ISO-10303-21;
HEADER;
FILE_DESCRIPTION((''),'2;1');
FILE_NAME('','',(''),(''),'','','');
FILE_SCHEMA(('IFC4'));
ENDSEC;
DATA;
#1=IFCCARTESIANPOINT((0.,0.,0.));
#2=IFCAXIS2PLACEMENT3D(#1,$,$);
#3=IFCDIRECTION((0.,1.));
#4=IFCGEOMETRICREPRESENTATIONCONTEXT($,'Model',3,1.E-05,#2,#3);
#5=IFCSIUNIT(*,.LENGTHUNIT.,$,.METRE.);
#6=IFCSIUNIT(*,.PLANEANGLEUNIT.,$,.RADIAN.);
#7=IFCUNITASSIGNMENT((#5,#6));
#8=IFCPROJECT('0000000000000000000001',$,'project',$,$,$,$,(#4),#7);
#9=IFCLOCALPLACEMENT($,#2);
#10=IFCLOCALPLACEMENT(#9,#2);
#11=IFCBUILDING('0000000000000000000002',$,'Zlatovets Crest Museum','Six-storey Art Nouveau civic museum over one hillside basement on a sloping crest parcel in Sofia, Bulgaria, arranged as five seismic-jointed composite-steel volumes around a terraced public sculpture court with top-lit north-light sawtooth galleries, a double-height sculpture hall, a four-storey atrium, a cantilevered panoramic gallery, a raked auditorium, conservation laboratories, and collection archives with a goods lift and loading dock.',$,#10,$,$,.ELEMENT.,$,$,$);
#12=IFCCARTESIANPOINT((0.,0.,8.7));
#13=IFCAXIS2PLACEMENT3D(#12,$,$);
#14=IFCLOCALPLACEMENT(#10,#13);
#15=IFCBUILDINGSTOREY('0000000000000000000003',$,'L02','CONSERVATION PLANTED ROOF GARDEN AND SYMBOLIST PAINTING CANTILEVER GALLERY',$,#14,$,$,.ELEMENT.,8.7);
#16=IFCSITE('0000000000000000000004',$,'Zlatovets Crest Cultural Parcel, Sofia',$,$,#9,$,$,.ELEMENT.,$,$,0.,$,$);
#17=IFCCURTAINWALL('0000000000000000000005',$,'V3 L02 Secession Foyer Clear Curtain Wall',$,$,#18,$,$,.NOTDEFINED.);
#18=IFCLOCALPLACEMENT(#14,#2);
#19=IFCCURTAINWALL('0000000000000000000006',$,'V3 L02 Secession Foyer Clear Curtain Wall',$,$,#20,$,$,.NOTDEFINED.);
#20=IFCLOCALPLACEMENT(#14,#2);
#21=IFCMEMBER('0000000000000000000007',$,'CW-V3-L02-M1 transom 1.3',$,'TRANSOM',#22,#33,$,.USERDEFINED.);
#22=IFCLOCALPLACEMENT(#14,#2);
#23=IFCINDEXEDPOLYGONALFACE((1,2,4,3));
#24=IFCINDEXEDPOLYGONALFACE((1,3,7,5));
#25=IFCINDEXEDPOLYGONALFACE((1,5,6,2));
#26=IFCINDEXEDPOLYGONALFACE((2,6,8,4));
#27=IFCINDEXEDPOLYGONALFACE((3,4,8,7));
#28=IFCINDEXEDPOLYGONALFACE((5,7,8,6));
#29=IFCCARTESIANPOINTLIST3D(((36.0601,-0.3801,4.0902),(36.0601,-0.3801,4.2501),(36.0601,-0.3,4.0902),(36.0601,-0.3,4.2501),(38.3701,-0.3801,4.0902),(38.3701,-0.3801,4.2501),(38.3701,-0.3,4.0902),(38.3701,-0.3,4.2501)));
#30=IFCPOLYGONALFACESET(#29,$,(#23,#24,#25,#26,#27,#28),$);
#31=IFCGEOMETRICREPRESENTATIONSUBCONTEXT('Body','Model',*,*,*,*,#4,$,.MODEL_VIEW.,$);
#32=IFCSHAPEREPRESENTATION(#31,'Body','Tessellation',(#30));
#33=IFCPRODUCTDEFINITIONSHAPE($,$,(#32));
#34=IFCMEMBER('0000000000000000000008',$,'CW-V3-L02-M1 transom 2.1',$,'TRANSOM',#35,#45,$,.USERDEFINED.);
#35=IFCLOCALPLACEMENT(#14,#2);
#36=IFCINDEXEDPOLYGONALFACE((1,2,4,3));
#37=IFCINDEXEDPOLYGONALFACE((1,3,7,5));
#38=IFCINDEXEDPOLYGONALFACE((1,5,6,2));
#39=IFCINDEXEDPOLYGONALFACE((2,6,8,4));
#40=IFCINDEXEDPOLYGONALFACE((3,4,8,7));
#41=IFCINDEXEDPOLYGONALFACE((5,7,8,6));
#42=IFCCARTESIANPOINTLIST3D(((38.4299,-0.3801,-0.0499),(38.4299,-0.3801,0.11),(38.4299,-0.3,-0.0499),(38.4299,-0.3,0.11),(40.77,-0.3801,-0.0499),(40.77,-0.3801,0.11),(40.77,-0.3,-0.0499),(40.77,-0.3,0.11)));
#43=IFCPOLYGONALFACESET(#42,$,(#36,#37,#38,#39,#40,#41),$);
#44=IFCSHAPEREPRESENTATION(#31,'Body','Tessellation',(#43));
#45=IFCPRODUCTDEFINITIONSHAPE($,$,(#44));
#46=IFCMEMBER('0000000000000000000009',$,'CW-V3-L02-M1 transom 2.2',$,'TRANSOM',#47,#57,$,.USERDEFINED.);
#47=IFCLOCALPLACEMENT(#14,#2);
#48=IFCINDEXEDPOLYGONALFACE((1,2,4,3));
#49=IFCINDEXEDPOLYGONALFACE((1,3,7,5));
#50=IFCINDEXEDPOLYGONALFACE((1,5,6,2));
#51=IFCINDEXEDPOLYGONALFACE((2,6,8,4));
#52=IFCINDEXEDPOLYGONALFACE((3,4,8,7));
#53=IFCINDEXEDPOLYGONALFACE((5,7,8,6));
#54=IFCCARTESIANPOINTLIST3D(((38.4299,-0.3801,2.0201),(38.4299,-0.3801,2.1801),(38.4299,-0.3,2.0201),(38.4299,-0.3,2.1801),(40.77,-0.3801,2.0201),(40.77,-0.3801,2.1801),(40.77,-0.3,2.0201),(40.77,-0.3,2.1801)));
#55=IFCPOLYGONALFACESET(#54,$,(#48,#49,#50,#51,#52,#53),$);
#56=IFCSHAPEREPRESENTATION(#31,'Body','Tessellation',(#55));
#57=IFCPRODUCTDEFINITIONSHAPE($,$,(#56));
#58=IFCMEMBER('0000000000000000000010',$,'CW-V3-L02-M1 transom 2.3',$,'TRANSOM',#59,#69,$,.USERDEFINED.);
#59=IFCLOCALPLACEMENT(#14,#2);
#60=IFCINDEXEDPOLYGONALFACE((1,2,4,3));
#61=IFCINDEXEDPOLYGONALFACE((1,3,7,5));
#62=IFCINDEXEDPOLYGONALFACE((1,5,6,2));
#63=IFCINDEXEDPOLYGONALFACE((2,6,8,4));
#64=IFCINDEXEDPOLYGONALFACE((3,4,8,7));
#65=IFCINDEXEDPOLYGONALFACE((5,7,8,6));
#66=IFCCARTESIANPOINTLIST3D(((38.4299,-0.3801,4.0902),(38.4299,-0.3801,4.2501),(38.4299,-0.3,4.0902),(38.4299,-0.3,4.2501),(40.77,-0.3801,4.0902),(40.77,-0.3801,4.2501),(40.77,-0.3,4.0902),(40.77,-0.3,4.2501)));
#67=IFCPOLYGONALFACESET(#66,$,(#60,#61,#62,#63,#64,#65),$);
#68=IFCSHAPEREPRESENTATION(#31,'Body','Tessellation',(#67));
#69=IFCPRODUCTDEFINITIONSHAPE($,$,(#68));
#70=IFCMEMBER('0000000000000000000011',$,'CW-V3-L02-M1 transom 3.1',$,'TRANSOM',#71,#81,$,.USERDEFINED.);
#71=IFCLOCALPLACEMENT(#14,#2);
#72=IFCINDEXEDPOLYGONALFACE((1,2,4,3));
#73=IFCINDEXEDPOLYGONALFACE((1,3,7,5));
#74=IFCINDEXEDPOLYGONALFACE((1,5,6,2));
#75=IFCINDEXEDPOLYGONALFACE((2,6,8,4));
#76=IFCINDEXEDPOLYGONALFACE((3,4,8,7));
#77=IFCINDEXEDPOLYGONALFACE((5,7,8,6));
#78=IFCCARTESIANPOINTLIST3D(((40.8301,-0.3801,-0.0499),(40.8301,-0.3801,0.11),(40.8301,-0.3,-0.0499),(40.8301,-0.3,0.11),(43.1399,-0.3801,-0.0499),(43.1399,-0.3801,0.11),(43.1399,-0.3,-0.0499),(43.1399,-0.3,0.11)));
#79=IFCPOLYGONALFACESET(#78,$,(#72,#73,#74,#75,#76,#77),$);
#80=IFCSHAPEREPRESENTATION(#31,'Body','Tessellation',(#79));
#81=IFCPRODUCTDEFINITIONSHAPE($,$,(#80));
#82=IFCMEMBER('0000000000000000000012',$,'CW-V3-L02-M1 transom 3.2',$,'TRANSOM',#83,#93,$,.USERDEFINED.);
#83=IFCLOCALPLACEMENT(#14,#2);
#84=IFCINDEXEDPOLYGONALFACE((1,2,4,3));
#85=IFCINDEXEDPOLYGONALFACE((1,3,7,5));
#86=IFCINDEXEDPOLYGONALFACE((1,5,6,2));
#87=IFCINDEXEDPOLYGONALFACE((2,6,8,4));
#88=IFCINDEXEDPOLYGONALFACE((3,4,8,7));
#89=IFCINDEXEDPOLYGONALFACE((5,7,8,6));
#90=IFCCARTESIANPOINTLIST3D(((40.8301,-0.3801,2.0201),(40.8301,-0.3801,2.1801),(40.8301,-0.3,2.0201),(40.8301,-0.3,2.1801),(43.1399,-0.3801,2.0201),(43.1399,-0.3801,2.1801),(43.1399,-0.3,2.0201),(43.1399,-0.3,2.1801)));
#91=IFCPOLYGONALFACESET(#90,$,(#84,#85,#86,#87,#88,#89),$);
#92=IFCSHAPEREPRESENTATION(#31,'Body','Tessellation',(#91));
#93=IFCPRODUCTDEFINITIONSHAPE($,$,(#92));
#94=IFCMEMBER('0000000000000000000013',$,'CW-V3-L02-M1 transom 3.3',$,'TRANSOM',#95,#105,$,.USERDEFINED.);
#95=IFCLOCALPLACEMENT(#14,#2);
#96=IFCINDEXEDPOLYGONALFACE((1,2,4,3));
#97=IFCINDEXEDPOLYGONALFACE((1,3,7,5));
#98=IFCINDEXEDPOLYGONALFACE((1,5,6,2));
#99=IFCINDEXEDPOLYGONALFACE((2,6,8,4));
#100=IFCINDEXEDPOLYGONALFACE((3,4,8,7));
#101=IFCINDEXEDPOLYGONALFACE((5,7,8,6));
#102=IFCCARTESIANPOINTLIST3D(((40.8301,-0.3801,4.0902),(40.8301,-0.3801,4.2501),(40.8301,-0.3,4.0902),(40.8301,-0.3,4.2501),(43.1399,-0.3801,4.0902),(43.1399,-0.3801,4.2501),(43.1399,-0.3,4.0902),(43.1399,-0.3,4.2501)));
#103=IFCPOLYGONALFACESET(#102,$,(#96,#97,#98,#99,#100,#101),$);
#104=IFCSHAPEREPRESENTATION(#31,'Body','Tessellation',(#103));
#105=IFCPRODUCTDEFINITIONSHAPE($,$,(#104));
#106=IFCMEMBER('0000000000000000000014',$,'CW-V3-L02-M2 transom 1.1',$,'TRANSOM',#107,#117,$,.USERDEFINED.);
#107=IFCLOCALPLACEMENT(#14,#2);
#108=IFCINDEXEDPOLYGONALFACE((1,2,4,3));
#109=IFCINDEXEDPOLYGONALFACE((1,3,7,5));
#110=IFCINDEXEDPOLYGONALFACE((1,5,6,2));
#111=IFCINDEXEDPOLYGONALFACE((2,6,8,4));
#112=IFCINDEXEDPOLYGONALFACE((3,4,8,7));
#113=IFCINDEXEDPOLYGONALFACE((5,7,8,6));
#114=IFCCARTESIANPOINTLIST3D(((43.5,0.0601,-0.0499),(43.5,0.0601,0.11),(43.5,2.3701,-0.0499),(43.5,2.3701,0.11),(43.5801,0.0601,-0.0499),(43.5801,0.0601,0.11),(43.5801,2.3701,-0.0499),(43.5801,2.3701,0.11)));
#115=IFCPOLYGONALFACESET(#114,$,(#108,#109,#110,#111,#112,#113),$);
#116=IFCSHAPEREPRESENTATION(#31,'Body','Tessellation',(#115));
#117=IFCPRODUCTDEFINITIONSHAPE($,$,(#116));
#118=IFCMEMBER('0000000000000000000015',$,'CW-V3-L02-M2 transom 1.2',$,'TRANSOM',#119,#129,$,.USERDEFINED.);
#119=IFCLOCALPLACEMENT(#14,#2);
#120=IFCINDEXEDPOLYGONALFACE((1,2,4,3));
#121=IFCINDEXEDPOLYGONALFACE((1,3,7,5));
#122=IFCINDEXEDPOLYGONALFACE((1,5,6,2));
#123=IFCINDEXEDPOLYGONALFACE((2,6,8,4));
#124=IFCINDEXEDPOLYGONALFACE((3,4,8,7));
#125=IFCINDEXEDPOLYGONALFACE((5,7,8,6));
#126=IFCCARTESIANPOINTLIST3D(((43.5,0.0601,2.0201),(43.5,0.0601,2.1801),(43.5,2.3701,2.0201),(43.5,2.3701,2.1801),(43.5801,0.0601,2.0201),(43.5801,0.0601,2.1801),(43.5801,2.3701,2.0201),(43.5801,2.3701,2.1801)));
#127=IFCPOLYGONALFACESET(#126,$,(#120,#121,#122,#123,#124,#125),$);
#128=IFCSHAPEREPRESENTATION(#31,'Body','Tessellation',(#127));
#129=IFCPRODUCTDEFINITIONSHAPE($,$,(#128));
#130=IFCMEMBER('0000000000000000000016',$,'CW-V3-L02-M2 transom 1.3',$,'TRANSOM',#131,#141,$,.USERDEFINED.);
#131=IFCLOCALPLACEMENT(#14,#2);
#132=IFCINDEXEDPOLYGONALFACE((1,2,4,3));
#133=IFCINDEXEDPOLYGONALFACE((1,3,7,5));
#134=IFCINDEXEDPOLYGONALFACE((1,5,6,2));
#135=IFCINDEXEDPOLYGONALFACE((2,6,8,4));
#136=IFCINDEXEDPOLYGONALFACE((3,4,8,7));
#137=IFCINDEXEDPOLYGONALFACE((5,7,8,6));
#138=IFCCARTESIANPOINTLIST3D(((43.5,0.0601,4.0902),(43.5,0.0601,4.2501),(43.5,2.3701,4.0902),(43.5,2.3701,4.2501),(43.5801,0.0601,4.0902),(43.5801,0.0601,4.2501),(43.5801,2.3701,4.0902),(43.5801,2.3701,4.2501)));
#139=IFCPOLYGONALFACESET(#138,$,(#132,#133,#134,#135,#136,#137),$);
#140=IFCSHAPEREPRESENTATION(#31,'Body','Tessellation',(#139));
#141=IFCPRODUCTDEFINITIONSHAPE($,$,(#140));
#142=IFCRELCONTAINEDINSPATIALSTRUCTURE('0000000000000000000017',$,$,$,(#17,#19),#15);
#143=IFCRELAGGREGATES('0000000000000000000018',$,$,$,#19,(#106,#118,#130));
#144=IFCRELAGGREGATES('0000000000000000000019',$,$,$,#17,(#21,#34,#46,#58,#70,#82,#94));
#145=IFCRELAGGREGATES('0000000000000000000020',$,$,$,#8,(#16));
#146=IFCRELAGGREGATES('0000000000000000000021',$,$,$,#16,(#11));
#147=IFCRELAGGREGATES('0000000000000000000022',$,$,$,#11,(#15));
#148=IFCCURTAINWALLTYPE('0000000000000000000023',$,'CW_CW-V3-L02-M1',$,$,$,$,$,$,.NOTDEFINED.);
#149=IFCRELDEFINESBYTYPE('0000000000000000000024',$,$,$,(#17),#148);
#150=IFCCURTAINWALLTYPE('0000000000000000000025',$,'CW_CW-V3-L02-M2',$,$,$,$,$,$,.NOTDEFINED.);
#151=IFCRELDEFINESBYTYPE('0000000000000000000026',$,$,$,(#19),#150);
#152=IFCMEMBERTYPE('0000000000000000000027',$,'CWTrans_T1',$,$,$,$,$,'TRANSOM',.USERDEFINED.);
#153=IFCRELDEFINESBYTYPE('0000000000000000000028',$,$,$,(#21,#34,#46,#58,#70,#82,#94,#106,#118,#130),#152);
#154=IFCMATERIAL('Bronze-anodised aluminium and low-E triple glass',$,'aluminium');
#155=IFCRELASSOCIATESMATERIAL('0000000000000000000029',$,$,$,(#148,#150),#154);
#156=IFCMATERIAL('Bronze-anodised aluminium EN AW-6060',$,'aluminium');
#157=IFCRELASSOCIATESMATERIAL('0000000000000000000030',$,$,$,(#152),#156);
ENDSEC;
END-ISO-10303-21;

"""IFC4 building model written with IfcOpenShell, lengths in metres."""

from ifc_helpers import new_model, si_unit, direction, frame, origin, origin_2d, place, context, subcontext, project, spatial, rectangle, extrude, material, material_profile, profile_set, type_object, element, aggregate, save


model = new_model("IFC4")

# Units and contexts
model_context = context("Model", 3, precision=1e-05, world=origin(), true_north=direction((0.0, 1.0)))
body_context = subcontext(model_context, "Body", "Model", "MODEL_VIEW")
ifc_project = project(units=[si_unit("LENGTHUNIT", "METRE"), si_unit("PLANEANGLEUNIT", "RADIAN")], contexts=[model_context])

# Site, building, storey
site_placement = place(None, origin())
site = spatial("IfcSite", under=ifc_project, at=site_placement, Name="Zlatovets Crest Cultural Parcel, Sofia", CompositionType="ELEMENT", RefElevation=0.0)
building_placement = place(site_placement, origin())
building = spatial("IfcBuilding", under=site, at=building_placement, Name="Zlatovets Crest Museum", Description="Six-storey Art Nouveau civic museum over one hillside basement on a sloping crest parcel in Sofia, Bulgaria, arranged as five seismic-jointed composite-steel volumes around a terraced public sculpture court with top-lit north-light sawtooth galleries, a double-height sculpture hall, a four-storey atrium, a cantilevered panoramic gallery, a raked auditorium, conservation laboratories, and collection archives with a goods lift and loading dock.", CompositionType="ELEMENT")
storey_placement = place(building_placement, frame((0.0, 0.0, 8.7)))
storey = spatial("IfcBuildingStorey", under=building, at=storey_placement, Name="L02", Description="CONSERVATION PLANTED ROOF GARDEN AND SYMBOLIST PAINTING CANTILEVER GALLERY", CompositionType="ELEMENT", Elevation=8.7)

# Curtain wall
ifc_material_1 = material(Name="Bronze-anodised aluminium and low-E triple glass", Category="aluminium")
curtain_wall_type_1 = type_object("IfcCurtainWallType", Name="CW_CW-V3-L02-M1", PredefinedType="NOTDEFINED", material=ifc_material_1)
curtain_wall_1_placement = place(storey_placement, origin())
curtain_wall_1 = element("IfcCurtainWall", 1, at=curtain_wall_1_placement, inside=storey, type_object=curtain_wall_type_1, Name="V3 L02 Secession Foyer Clear Curtain Wall", PredefinedType="NOTDEFINED")
ifc_material_2 = material(Name="Bronze-anodised aluminium EN AW-6060", Category="aluminium")

# Curtain wall
curtain_wall_type_2 = type_object("IfcCurtainWallType", Name="CW_CW-V3-L02-M2", PredefinedType="NOTDEFINED", material=ifc_material_1)
curtain_wall_2_placement = place(storey_placement, origin())
curtain_wall_2 = element("IfcCurtainWall", 2, at=curtain_wall_2_placement, inside=storey, type_object=curtain_wall_type_2, Name="V3 L02 Secession Foyer Clear Curtain Wall", PredefinedType="NOTDEFINED")

# Members
ifc_material_profile_1 = material_profile(ifc_material_2, rectangle(XDim=0.0801, YDim=0.1599, at=origin_2d()), Name="ALU 80x160")
ifc_profile_set_1 = profile_set([ifc_material_profile_1], Name="Bronze-anodised aluminium EN AW-6060")
member_type_1 = type_object("IfcMemberType", Name="CWTrans_T1", ElementType="TRANSOM", PredefinedType="USERDEFINED", material=ifc_profile_set_1)
member_1_placement = place(storey_placement, frame((36.0601, -0.3401, 4.1702), z_axis=(1.0, 0.0, 0.0), x_axis=(0.0, 1.0, 0.0)))
member_1 = element("IfcMember", 3, at=member_1_placement, type_object=member_type_1, Name="CW-V3-L02-M1 transom 1.3", ObjectType="TRANSOM", PredefinedType="USERDEFINED", context=body_context, shape_type="SweptSolid", body=[
    extrude(rectangle(XDim=0.0801, YDim=0.1599, at=origin_2d()), origin(), (0.0, 0.0, 1.0), 2.3101),
])
member_2_placement = place(storey_placement, frame((38.4299, -0.3401, 0.03), z_axis=(1.0, 0.0, 0.0), x_axis=(0.0, 1.0, 0.0)))
member_2 = element("IfcMember", 4, at=member_2_placement, type_object=member_type_1, Name="CW-V3-L02-M1 transom 2.1", ObjectType="TRANSOM", PredefinedType="USERDEFINED", context=body_context, shape_type="SweptSolid", body=[
    extrude(rectangle(XDim=0.0801, YDim=0.1599, at=origin_2d()), origin(), (0.0, 0.0, 1.0), 2.3401),
])
member_3_placement = place(storey_placement, frame((38.4299, -0.3401, 2.1001), z_axis=(1.0, 0.0, 0.0), x_axis=(0.0, 1.0, 0.0)))
member_3 = element("IfcMember", 5, at=member_3_placement, type_object=member_type_1, Name="CW-V3-L02-M1 transom 2.2", ObjectType="TRANSOM", PredefinedType="USERDEFINED", context=body_context, shape_type="SweptSolid", body=[
    extrude(rectangle(XDim=0.0801, YDim=0.1599, at=origin_2d()), origin(), (0.0, 0.0, 1.0), 2.3401),
])
member_4_placement = place(storey_placement, frame((38.4299, -0.3401, 4.1702), z_axis=(1.0, 0.0, 0.0), x_axis=(0.0, 1.0, 0.0)))
member_4 = element("IfcMember", 6, at=member_4_placement, type_object=member_type_1, Name="CW-V3-L02-M1 transom 2.3", ObjectType="TRANSOM", PredefinedType="USERDEFINED", context=body_context, shape_type="SweptSolid", body=[
    extrude(rectangle(XDim=0.0801, YDim=0.1599, at=origin_2d()), origin(), (0.0, 0.0, 1.0), 2.3401),
])
member_5_placement = place(storey_placement, frame((40.8301, -0.3401, 0.03), z_axis=(1.0, 0.0, 0.0), x_axis=(0.0, 1.0, 0.0)))
member_5 = element("IfcMember", 7, at=member_5_placement, type_object=member_type_1, Name="CW-V3-L02-M1 transom 3.1", ObjectType="TRANSOM", PredefinedType="USERDEFINED", context=body_context, shape_type="SweptSolid", body=[
    extrude(rectangle(XDim=0.0801, YDim=0.1599, at=origin_2d()), origin(), (0.0, 0.0, 1.0), 2.3098),
])
member_6_placement = place(storey_placement, frame((40.8301, -0.3401, 2.1001), z_axis=(1.0, 0.0, 0.0), x_axis=(0.0, 1.0, 0.0)))
member_6 = element("IfcMember", 8, at=member_6_placement, type_object=member_type_1, Name="CW-V3-L02-M1 transom 3.2", ObjectType="TRANSOM", PredefinedType="USERDEFINED", context=body_context, shape_type="SweptSolid", body=[
    extrude(rectangle(XDim=0.0801, YDim=0.1599, at=origin_2d()), origin(), (0.0, 0.0, 1.0), 2.3098),
])
member_7_placement = place(storey_placement, frame((40.8301, -0.3401, 4.1702), z_axis=(1.0, 0.0, 0.0), x_axis=(0.0, 1.0, 0.0)))
member_7 = element("IfcMember", 9, at=member_7_placement, type_object=member_type_1, Name="CW-V3-L02-M1 transom 3.3", ObjectType="TRANSOM", PredefinedType="USERDEFINED", context=body_context, shape_type="SweptSolid", body=[
    extrude(rectangle(XDim=0.0801, YDim=0.1599, at=origin_2d()), origin(), (0.0, 0.0, 1.0), 2.3098),
])
member_8_placement = place(storey_placement, frame((43.54, 0.0601, 0.03), z_axis=(0.0, 1.0, 0.0), x_axis=(-1.0, 0.0, 0.0)))
member_8 = element("IfcMember", 10, at=member_8_placement, type_object=member_type_1, Name="CW-V3-L02-M2 transom 1.1", ObjectType="TRANSOM", PredefinedType="USERDEFINED", context=body_context, shape_type="SweptSolid", body=[
    extrude(rectangle(XDim=0.0801, YDim=0.1599, at=origin_2d()), origin(), (0.0, 0.0, 1.0), 2.3101),
])
member_9_placement = place(storey_placement, frame((43.54, 0.0601, 2.1001), z_axis=(0.0, 1.0, 0.0), x_axis=(-1.0, 0.0, 0.0)))
member_9 = element("IfcMember", 11, at=member_9_placement, type_object=member_type_1, Name="CW-V3-L02-M2 transom 1.2", ObjectType="TRANSOM", PredefinedType="USERDEFINED", context=body_context, shape_type="SweptSolid", body=[
    extrude(rectangle(XDim=0.0801, YDim=0.1599, at=origin_2d()), origin(), (0.0, 0.0, 1.0), 2.3101),
])
member_10_placement = place(storey_placement, frame((43.54, 0.0601, 4.1702), z_axis=(0.0, 1.0, 0.0), x_axis=(-1.0, 0.0, 0.0)))
member_10 = element("IfcMember", 12, at=member_10_placement, type_object=member_type_1, Name="CW-V3-L02-M2 transom 1.3", ObjectType="TRANSOM", PredefinedType="USERDEFINED", context=body_context, shape_type="SweptSolid", body=[
    extrude(rectangle(XDim=0.0801, YDim=0.1599, at=origin_2d()), origin(), (0.0, 0.0, 1.0), 2.3101),
])
aggregate(curtain_wall_2, [member_8, member_9, member_10])

aggregate(curtain_wall_1, [member_1, member_2, member_3, member_4, member_5, member_6, member_7])

save(model, "model.ifc")
